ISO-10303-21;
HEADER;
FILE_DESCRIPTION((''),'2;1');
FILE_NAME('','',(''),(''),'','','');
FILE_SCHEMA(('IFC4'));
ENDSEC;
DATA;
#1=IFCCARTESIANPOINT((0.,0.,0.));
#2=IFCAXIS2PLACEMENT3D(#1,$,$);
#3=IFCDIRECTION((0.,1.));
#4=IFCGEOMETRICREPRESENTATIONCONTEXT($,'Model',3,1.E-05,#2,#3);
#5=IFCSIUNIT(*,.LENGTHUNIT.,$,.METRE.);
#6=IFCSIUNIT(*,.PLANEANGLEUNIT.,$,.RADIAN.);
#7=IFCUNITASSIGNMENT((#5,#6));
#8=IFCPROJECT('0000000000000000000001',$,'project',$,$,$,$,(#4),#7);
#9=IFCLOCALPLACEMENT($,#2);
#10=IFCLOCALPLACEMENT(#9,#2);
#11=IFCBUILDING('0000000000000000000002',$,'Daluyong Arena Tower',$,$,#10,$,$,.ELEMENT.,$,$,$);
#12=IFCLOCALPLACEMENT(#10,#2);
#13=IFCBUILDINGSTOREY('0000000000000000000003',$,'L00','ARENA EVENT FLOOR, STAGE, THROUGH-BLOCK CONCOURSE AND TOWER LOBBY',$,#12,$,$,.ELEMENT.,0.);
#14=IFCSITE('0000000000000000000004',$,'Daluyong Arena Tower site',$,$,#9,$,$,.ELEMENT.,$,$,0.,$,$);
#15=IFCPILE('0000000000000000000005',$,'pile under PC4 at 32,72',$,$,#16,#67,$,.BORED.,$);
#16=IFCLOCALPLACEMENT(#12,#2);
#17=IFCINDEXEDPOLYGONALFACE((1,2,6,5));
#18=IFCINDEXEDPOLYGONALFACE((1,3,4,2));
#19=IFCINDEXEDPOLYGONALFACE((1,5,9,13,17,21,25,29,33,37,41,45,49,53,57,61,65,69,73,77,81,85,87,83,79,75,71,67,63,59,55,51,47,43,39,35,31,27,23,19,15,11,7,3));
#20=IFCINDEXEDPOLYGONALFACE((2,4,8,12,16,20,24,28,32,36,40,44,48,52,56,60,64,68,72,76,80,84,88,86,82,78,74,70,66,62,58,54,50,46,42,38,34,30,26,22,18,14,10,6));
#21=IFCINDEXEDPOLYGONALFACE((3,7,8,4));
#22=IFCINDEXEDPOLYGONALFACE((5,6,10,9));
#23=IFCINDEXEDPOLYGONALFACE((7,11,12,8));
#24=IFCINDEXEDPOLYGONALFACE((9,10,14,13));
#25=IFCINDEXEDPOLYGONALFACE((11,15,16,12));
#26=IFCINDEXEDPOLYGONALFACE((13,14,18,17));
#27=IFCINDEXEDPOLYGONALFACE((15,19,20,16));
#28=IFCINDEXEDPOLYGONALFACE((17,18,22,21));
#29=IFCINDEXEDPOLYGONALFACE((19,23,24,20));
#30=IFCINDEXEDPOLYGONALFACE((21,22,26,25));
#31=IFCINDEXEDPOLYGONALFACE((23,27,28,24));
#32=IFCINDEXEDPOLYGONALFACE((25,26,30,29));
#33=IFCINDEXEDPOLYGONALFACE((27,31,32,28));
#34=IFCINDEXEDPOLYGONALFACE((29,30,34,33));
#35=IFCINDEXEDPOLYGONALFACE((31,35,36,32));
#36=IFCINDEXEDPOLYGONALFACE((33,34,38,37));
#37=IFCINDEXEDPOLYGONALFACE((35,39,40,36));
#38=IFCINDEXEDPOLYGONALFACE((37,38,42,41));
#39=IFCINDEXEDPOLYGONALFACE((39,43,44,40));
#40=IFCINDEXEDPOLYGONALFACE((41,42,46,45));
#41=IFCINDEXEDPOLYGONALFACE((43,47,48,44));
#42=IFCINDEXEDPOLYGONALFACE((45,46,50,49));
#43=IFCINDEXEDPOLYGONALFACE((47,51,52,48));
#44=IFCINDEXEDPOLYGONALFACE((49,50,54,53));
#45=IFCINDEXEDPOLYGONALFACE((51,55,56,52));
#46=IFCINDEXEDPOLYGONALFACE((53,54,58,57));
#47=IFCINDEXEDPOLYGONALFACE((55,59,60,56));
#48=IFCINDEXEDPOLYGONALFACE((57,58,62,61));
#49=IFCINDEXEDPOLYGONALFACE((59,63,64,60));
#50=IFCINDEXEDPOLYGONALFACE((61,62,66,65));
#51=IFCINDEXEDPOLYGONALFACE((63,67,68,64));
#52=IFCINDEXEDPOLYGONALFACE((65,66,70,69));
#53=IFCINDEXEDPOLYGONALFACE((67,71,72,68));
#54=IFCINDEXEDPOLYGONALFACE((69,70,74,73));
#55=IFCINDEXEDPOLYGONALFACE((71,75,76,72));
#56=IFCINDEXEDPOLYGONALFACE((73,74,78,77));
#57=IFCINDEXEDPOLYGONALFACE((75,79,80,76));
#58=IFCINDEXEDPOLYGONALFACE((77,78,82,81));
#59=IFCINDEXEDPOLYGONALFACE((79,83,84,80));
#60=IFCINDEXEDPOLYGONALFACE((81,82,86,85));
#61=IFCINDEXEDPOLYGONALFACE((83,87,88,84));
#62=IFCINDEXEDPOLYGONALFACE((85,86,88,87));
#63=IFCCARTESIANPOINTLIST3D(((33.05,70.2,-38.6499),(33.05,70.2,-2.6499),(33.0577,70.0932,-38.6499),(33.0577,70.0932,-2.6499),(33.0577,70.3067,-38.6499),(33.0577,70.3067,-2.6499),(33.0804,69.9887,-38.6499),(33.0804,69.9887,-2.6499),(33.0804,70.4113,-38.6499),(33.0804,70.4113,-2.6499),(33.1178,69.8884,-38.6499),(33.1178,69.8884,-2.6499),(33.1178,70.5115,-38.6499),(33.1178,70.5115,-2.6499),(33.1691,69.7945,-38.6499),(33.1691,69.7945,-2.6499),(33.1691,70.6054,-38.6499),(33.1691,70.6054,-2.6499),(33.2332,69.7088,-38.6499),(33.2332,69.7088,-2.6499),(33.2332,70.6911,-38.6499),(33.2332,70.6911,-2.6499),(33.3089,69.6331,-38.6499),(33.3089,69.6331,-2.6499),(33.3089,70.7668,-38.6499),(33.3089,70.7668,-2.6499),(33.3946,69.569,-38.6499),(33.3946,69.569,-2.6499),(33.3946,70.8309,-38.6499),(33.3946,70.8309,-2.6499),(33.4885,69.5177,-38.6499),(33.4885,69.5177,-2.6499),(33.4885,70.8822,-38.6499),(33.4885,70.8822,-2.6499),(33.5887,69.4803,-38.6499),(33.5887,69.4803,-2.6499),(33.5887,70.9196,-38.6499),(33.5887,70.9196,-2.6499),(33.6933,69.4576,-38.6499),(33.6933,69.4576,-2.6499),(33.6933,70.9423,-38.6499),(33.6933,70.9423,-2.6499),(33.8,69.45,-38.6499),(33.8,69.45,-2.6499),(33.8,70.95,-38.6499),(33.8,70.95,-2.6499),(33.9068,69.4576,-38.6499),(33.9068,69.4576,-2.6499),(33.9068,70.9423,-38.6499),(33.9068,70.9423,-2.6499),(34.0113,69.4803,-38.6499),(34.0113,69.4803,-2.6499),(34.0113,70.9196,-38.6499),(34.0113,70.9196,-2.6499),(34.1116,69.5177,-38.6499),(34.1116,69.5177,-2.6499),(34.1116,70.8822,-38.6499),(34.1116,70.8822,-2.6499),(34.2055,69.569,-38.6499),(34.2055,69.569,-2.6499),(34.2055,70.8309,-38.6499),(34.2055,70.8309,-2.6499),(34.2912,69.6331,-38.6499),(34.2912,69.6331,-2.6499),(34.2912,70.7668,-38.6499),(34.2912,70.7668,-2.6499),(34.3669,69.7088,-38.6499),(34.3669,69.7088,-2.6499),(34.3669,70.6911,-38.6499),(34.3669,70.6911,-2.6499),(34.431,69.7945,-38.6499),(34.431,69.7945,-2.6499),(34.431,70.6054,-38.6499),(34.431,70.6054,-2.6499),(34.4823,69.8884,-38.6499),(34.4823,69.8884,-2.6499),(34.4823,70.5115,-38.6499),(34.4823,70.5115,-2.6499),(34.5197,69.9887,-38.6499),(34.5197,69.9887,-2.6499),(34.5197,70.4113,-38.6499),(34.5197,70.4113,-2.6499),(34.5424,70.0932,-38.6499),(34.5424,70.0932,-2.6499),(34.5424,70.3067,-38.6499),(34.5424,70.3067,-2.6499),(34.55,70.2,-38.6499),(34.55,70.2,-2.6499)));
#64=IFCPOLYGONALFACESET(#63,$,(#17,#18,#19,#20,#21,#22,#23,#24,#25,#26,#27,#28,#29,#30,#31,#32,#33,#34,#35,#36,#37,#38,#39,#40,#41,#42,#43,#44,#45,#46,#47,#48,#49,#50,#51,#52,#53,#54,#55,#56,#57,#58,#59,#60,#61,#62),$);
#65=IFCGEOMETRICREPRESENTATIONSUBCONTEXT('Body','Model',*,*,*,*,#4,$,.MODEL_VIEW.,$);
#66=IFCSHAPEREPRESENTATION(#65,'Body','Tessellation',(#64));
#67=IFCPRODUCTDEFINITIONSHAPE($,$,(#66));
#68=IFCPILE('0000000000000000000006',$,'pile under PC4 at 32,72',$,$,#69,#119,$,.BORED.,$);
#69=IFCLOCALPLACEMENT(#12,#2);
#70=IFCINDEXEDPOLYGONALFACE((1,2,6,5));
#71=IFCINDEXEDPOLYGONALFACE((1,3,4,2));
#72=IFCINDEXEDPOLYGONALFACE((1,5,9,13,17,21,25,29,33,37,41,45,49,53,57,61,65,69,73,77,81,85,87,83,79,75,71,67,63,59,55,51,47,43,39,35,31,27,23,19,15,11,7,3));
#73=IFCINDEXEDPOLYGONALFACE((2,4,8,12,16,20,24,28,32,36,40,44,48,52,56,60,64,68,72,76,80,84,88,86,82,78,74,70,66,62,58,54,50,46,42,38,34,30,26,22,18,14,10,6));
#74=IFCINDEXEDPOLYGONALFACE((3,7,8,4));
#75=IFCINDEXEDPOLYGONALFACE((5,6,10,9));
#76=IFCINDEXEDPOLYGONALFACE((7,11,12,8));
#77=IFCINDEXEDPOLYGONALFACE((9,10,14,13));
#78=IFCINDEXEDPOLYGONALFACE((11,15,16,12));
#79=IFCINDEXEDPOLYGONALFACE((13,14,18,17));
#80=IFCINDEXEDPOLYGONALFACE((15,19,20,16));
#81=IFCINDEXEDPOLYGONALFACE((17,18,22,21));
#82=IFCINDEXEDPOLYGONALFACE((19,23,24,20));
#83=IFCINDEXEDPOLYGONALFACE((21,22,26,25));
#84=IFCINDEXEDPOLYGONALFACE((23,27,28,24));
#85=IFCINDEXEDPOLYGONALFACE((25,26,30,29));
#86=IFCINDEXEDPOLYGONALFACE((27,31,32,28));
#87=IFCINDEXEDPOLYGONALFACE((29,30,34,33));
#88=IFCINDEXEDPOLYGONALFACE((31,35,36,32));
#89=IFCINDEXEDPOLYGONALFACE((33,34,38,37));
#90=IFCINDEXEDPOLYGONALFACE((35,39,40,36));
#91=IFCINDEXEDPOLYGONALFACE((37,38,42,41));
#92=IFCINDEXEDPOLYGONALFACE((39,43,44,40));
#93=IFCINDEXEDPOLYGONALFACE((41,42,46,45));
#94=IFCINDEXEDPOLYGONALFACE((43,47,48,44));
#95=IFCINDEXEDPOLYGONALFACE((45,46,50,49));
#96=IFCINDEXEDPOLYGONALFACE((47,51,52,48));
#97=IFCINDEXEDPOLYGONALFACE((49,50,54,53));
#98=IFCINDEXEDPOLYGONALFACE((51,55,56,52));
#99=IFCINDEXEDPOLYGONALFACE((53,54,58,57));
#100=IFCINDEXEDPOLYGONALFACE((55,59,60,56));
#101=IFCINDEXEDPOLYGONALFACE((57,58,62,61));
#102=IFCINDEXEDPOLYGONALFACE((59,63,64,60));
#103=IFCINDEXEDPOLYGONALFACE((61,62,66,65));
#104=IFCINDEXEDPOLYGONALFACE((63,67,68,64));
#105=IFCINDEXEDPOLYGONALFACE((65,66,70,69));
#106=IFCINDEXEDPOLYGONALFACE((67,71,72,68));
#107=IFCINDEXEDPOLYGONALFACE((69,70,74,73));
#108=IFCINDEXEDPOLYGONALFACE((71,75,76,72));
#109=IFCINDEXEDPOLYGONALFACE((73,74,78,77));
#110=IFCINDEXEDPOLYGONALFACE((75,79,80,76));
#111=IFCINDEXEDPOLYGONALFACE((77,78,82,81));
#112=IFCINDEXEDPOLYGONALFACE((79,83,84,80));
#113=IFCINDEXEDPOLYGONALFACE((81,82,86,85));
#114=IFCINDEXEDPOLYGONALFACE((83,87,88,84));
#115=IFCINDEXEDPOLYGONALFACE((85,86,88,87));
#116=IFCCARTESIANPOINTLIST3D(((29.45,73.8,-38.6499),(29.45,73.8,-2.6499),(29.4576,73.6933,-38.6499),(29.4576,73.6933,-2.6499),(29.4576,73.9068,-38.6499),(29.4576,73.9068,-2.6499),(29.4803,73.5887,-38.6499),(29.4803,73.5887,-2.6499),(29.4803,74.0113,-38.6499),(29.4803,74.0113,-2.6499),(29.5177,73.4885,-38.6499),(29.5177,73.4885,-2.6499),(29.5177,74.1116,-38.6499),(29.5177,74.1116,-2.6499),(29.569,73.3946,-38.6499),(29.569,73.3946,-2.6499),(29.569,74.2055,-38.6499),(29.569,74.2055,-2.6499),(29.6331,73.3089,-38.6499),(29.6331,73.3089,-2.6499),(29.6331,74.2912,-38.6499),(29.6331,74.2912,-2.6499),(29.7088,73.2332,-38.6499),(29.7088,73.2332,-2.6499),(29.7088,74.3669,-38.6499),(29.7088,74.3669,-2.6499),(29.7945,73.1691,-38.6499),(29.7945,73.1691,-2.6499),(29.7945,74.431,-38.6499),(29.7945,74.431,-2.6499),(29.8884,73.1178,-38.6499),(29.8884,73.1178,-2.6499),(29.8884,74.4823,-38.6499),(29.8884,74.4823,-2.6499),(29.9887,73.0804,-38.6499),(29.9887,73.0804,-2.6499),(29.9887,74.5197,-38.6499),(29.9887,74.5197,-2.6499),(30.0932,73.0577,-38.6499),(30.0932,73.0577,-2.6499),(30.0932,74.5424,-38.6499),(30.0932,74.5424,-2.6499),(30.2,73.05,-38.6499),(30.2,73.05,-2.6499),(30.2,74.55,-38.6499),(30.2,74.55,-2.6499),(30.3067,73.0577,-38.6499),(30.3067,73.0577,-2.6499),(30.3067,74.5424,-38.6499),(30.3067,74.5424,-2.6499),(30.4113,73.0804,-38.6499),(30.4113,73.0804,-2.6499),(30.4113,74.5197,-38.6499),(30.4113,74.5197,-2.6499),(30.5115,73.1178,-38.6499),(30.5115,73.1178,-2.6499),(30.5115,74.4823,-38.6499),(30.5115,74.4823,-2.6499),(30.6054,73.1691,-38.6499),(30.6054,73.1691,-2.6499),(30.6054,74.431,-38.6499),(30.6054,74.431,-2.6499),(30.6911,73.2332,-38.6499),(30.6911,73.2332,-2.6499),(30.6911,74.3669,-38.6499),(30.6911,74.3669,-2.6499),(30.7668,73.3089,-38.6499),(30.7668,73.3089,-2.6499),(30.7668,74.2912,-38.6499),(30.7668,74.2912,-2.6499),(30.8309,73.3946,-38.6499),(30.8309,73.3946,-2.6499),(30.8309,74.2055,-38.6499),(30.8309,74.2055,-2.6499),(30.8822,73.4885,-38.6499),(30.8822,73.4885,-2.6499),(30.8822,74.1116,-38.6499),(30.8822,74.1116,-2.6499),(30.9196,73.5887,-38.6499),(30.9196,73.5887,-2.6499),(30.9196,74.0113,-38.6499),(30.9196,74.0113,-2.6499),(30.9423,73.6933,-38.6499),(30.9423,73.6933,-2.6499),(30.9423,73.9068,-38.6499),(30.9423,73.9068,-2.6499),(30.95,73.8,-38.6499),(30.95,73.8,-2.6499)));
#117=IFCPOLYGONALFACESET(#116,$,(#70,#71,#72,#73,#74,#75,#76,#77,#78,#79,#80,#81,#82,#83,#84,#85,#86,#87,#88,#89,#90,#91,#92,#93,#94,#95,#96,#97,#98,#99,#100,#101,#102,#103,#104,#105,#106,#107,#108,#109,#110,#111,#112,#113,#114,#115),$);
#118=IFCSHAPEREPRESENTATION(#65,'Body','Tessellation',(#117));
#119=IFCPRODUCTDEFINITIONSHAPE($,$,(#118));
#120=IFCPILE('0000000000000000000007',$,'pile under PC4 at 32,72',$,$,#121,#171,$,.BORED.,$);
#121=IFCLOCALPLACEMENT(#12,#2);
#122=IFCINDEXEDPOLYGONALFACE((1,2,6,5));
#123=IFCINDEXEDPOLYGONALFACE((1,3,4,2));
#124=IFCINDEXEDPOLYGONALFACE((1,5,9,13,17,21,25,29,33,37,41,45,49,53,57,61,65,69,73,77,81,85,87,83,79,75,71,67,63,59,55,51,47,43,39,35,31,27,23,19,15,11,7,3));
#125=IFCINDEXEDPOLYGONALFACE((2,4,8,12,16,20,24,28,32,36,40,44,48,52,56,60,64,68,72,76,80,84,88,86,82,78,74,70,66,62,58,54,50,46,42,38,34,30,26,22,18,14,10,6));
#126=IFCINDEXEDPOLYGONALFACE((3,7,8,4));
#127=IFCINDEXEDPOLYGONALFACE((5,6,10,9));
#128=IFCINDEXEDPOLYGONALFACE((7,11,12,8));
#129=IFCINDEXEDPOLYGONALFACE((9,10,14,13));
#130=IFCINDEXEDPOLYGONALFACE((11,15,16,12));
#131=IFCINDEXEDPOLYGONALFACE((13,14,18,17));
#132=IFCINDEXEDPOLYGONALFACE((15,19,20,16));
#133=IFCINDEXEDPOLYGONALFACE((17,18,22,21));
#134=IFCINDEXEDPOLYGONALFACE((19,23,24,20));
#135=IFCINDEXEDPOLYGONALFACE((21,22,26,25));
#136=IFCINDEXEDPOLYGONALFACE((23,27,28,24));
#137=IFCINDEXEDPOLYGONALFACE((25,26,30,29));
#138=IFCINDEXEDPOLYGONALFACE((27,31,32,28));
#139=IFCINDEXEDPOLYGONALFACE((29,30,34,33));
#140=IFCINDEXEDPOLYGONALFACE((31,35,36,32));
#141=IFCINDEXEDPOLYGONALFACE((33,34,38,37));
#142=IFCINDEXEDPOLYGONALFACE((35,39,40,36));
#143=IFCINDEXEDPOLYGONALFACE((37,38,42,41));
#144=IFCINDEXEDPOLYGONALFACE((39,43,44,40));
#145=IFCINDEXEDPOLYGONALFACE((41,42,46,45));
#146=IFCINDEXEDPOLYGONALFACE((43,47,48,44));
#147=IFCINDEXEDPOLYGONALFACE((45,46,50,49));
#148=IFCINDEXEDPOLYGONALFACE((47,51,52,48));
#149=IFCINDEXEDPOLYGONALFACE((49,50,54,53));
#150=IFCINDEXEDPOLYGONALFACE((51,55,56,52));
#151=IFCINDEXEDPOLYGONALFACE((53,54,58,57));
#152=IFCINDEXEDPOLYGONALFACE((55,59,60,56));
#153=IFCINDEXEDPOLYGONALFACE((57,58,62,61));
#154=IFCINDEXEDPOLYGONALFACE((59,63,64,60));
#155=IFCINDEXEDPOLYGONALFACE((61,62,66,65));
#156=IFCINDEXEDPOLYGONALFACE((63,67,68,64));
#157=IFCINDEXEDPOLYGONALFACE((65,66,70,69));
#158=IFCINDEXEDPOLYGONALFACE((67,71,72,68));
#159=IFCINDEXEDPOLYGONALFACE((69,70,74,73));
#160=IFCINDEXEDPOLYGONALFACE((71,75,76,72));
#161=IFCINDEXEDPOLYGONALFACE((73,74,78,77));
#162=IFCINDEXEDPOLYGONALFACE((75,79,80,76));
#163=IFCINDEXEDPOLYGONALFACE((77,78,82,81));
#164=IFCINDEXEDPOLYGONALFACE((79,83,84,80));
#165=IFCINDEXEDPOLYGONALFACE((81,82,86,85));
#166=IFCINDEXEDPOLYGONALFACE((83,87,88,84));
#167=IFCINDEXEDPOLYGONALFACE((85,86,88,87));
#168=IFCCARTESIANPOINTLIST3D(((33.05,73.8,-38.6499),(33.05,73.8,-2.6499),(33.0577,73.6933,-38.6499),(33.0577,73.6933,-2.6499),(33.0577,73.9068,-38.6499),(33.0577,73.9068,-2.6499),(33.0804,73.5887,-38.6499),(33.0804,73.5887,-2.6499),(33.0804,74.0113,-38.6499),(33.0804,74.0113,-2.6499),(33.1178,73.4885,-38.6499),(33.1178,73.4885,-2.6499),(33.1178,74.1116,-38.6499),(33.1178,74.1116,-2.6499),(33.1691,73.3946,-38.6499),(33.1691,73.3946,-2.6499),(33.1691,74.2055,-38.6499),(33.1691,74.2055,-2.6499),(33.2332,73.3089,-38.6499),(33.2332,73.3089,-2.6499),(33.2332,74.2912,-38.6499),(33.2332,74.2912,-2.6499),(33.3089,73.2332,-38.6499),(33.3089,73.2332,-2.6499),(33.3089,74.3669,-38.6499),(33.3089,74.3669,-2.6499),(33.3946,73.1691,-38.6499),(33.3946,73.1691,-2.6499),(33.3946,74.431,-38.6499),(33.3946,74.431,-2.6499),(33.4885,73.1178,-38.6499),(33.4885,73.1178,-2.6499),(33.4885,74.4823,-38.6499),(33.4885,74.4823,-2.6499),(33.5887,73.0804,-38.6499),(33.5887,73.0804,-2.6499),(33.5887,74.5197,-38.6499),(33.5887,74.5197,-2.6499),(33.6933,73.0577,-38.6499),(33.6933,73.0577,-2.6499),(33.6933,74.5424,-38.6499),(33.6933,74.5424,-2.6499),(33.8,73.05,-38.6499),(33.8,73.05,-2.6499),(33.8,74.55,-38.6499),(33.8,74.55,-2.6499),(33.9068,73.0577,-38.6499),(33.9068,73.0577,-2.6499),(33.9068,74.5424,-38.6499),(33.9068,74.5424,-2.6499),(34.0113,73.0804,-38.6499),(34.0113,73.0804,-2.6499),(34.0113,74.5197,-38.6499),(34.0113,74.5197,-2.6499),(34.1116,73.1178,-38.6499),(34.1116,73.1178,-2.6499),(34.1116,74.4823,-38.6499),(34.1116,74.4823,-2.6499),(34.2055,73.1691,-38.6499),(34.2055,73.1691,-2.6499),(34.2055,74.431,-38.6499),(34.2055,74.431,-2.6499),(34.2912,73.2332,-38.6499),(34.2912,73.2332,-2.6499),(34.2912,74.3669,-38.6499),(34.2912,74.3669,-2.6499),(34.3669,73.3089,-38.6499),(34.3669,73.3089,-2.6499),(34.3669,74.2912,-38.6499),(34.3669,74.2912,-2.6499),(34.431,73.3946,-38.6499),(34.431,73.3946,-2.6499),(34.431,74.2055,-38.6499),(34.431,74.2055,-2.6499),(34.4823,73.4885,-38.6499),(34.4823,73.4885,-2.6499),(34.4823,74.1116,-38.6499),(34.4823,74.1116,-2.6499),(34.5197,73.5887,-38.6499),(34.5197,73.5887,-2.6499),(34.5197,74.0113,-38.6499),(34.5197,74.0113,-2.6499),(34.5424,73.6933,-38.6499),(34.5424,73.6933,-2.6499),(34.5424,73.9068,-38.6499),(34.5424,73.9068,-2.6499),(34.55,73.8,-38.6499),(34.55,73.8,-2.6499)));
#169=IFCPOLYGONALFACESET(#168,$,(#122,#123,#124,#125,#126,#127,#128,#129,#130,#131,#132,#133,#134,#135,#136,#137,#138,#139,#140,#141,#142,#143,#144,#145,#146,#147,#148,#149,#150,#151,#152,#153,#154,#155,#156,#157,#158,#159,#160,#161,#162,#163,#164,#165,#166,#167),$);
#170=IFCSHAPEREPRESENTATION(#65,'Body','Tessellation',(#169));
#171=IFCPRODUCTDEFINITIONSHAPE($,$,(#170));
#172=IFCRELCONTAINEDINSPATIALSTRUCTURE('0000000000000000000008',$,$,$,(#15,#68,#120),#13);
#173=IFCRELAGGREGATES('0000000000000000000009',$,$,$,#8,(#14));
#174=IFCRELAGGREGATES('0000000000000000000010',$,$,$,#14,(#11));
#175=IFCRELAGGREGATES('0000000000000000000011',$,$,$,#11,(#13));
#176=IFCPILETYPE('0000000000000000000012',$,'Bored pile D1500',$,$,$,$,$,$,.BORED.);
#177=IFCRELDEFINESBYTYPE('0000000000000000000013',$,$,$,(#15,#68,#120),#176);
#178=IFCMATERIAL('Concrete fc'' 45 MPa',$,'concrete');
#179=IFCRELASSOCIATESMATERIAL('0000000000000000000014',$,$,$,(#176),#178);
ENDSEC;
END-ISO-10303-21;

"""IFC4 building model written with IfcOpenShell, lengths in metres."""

from ifc_helpers import new_model, si_unit, direction, frame, origin, origin_2d, place, context, subcontext, project, spatial, circle, extrude, material, type_object, element, save


model = new_model("IFC4")

# Units and contexts
model_context = context("Model", 3, precision=1e-05, world=origin(), true_north=direction((0.0, 1.0)))
body_context = subcontext(model_context, "Body", "Model", "MODEL_VIEW")
ifc_project = project(units=[si_unit("LENGTHUNIT", "METRE"), si_unit("PLANEANGLEUNIT", "RADIAN")], contexts=[model_context])

# Site, building, storey
site_placement = place(None, origin())
site = spatial("IfcSite", under=ifc_project, at=site_placement, Name="Daluyong Arena Tower site", CompositionType="ELEMENT", RefElevation=0.0)
building_placement = place(site_placement, origin())
building = spatial("IfcBuilding", under=site, at=building_placement, Name="Daluyong Arena Tower", CompositionType="ELEMENT")
storey_placement = place(building_placement, origin())
storey = spatial("IfcBuildingStorey", under=building, at=storey_placement, Name="L00", Description="ARENA EVENT FLOOR, STAGE, THROUGH-BLOCK CONCOURSE AND TOWER LOBBY", CompositionType="ELEMENT", Elevation=0.0)

# Piles
ifc_material_1 = material(Name="Concrete fc' 45 MPa", Category="concrete")
pile_type_1 = type_object("IfcPileType", Name="Bored pile D1500", PredefinedType="BORED", material=ifc_material_1)
for number, where, z_axis, x_axis, name in (
    (1, (33.8, 70.2, -2.6499), (0.0, 0.0, -1.0), (1.0, 0.0, 0.0), "pile under PC4 at 32,72"),
    (2, (30.2, 73.8, -2.6499), (0.0, 0.0, -1.0), (1.0, 0.0, 0.0), "pile under PC4 at 32,72"),
    (3, (33.8, 73.8, -2.6499), (0.0, 0.0, -1.0), (1.0, 0.0, 0.0), "pile under PC4 at 32,72"),
):
    element("IfcPile", number, at=place(storey_placement, frame(where, z_axis=z_axis, x_axis=x_axis)), inside=storey, type_object=pile_type_1, Name=name, PredefinedType="BORED", context=body_context, shape_type="SweptSolid", body=[
        extrude(circle(Radius=0.75, at=origin_2d()), origin(), (0.0, 0.0, 1.0), 36.0),
    ])

save(model, "model.ifc")
